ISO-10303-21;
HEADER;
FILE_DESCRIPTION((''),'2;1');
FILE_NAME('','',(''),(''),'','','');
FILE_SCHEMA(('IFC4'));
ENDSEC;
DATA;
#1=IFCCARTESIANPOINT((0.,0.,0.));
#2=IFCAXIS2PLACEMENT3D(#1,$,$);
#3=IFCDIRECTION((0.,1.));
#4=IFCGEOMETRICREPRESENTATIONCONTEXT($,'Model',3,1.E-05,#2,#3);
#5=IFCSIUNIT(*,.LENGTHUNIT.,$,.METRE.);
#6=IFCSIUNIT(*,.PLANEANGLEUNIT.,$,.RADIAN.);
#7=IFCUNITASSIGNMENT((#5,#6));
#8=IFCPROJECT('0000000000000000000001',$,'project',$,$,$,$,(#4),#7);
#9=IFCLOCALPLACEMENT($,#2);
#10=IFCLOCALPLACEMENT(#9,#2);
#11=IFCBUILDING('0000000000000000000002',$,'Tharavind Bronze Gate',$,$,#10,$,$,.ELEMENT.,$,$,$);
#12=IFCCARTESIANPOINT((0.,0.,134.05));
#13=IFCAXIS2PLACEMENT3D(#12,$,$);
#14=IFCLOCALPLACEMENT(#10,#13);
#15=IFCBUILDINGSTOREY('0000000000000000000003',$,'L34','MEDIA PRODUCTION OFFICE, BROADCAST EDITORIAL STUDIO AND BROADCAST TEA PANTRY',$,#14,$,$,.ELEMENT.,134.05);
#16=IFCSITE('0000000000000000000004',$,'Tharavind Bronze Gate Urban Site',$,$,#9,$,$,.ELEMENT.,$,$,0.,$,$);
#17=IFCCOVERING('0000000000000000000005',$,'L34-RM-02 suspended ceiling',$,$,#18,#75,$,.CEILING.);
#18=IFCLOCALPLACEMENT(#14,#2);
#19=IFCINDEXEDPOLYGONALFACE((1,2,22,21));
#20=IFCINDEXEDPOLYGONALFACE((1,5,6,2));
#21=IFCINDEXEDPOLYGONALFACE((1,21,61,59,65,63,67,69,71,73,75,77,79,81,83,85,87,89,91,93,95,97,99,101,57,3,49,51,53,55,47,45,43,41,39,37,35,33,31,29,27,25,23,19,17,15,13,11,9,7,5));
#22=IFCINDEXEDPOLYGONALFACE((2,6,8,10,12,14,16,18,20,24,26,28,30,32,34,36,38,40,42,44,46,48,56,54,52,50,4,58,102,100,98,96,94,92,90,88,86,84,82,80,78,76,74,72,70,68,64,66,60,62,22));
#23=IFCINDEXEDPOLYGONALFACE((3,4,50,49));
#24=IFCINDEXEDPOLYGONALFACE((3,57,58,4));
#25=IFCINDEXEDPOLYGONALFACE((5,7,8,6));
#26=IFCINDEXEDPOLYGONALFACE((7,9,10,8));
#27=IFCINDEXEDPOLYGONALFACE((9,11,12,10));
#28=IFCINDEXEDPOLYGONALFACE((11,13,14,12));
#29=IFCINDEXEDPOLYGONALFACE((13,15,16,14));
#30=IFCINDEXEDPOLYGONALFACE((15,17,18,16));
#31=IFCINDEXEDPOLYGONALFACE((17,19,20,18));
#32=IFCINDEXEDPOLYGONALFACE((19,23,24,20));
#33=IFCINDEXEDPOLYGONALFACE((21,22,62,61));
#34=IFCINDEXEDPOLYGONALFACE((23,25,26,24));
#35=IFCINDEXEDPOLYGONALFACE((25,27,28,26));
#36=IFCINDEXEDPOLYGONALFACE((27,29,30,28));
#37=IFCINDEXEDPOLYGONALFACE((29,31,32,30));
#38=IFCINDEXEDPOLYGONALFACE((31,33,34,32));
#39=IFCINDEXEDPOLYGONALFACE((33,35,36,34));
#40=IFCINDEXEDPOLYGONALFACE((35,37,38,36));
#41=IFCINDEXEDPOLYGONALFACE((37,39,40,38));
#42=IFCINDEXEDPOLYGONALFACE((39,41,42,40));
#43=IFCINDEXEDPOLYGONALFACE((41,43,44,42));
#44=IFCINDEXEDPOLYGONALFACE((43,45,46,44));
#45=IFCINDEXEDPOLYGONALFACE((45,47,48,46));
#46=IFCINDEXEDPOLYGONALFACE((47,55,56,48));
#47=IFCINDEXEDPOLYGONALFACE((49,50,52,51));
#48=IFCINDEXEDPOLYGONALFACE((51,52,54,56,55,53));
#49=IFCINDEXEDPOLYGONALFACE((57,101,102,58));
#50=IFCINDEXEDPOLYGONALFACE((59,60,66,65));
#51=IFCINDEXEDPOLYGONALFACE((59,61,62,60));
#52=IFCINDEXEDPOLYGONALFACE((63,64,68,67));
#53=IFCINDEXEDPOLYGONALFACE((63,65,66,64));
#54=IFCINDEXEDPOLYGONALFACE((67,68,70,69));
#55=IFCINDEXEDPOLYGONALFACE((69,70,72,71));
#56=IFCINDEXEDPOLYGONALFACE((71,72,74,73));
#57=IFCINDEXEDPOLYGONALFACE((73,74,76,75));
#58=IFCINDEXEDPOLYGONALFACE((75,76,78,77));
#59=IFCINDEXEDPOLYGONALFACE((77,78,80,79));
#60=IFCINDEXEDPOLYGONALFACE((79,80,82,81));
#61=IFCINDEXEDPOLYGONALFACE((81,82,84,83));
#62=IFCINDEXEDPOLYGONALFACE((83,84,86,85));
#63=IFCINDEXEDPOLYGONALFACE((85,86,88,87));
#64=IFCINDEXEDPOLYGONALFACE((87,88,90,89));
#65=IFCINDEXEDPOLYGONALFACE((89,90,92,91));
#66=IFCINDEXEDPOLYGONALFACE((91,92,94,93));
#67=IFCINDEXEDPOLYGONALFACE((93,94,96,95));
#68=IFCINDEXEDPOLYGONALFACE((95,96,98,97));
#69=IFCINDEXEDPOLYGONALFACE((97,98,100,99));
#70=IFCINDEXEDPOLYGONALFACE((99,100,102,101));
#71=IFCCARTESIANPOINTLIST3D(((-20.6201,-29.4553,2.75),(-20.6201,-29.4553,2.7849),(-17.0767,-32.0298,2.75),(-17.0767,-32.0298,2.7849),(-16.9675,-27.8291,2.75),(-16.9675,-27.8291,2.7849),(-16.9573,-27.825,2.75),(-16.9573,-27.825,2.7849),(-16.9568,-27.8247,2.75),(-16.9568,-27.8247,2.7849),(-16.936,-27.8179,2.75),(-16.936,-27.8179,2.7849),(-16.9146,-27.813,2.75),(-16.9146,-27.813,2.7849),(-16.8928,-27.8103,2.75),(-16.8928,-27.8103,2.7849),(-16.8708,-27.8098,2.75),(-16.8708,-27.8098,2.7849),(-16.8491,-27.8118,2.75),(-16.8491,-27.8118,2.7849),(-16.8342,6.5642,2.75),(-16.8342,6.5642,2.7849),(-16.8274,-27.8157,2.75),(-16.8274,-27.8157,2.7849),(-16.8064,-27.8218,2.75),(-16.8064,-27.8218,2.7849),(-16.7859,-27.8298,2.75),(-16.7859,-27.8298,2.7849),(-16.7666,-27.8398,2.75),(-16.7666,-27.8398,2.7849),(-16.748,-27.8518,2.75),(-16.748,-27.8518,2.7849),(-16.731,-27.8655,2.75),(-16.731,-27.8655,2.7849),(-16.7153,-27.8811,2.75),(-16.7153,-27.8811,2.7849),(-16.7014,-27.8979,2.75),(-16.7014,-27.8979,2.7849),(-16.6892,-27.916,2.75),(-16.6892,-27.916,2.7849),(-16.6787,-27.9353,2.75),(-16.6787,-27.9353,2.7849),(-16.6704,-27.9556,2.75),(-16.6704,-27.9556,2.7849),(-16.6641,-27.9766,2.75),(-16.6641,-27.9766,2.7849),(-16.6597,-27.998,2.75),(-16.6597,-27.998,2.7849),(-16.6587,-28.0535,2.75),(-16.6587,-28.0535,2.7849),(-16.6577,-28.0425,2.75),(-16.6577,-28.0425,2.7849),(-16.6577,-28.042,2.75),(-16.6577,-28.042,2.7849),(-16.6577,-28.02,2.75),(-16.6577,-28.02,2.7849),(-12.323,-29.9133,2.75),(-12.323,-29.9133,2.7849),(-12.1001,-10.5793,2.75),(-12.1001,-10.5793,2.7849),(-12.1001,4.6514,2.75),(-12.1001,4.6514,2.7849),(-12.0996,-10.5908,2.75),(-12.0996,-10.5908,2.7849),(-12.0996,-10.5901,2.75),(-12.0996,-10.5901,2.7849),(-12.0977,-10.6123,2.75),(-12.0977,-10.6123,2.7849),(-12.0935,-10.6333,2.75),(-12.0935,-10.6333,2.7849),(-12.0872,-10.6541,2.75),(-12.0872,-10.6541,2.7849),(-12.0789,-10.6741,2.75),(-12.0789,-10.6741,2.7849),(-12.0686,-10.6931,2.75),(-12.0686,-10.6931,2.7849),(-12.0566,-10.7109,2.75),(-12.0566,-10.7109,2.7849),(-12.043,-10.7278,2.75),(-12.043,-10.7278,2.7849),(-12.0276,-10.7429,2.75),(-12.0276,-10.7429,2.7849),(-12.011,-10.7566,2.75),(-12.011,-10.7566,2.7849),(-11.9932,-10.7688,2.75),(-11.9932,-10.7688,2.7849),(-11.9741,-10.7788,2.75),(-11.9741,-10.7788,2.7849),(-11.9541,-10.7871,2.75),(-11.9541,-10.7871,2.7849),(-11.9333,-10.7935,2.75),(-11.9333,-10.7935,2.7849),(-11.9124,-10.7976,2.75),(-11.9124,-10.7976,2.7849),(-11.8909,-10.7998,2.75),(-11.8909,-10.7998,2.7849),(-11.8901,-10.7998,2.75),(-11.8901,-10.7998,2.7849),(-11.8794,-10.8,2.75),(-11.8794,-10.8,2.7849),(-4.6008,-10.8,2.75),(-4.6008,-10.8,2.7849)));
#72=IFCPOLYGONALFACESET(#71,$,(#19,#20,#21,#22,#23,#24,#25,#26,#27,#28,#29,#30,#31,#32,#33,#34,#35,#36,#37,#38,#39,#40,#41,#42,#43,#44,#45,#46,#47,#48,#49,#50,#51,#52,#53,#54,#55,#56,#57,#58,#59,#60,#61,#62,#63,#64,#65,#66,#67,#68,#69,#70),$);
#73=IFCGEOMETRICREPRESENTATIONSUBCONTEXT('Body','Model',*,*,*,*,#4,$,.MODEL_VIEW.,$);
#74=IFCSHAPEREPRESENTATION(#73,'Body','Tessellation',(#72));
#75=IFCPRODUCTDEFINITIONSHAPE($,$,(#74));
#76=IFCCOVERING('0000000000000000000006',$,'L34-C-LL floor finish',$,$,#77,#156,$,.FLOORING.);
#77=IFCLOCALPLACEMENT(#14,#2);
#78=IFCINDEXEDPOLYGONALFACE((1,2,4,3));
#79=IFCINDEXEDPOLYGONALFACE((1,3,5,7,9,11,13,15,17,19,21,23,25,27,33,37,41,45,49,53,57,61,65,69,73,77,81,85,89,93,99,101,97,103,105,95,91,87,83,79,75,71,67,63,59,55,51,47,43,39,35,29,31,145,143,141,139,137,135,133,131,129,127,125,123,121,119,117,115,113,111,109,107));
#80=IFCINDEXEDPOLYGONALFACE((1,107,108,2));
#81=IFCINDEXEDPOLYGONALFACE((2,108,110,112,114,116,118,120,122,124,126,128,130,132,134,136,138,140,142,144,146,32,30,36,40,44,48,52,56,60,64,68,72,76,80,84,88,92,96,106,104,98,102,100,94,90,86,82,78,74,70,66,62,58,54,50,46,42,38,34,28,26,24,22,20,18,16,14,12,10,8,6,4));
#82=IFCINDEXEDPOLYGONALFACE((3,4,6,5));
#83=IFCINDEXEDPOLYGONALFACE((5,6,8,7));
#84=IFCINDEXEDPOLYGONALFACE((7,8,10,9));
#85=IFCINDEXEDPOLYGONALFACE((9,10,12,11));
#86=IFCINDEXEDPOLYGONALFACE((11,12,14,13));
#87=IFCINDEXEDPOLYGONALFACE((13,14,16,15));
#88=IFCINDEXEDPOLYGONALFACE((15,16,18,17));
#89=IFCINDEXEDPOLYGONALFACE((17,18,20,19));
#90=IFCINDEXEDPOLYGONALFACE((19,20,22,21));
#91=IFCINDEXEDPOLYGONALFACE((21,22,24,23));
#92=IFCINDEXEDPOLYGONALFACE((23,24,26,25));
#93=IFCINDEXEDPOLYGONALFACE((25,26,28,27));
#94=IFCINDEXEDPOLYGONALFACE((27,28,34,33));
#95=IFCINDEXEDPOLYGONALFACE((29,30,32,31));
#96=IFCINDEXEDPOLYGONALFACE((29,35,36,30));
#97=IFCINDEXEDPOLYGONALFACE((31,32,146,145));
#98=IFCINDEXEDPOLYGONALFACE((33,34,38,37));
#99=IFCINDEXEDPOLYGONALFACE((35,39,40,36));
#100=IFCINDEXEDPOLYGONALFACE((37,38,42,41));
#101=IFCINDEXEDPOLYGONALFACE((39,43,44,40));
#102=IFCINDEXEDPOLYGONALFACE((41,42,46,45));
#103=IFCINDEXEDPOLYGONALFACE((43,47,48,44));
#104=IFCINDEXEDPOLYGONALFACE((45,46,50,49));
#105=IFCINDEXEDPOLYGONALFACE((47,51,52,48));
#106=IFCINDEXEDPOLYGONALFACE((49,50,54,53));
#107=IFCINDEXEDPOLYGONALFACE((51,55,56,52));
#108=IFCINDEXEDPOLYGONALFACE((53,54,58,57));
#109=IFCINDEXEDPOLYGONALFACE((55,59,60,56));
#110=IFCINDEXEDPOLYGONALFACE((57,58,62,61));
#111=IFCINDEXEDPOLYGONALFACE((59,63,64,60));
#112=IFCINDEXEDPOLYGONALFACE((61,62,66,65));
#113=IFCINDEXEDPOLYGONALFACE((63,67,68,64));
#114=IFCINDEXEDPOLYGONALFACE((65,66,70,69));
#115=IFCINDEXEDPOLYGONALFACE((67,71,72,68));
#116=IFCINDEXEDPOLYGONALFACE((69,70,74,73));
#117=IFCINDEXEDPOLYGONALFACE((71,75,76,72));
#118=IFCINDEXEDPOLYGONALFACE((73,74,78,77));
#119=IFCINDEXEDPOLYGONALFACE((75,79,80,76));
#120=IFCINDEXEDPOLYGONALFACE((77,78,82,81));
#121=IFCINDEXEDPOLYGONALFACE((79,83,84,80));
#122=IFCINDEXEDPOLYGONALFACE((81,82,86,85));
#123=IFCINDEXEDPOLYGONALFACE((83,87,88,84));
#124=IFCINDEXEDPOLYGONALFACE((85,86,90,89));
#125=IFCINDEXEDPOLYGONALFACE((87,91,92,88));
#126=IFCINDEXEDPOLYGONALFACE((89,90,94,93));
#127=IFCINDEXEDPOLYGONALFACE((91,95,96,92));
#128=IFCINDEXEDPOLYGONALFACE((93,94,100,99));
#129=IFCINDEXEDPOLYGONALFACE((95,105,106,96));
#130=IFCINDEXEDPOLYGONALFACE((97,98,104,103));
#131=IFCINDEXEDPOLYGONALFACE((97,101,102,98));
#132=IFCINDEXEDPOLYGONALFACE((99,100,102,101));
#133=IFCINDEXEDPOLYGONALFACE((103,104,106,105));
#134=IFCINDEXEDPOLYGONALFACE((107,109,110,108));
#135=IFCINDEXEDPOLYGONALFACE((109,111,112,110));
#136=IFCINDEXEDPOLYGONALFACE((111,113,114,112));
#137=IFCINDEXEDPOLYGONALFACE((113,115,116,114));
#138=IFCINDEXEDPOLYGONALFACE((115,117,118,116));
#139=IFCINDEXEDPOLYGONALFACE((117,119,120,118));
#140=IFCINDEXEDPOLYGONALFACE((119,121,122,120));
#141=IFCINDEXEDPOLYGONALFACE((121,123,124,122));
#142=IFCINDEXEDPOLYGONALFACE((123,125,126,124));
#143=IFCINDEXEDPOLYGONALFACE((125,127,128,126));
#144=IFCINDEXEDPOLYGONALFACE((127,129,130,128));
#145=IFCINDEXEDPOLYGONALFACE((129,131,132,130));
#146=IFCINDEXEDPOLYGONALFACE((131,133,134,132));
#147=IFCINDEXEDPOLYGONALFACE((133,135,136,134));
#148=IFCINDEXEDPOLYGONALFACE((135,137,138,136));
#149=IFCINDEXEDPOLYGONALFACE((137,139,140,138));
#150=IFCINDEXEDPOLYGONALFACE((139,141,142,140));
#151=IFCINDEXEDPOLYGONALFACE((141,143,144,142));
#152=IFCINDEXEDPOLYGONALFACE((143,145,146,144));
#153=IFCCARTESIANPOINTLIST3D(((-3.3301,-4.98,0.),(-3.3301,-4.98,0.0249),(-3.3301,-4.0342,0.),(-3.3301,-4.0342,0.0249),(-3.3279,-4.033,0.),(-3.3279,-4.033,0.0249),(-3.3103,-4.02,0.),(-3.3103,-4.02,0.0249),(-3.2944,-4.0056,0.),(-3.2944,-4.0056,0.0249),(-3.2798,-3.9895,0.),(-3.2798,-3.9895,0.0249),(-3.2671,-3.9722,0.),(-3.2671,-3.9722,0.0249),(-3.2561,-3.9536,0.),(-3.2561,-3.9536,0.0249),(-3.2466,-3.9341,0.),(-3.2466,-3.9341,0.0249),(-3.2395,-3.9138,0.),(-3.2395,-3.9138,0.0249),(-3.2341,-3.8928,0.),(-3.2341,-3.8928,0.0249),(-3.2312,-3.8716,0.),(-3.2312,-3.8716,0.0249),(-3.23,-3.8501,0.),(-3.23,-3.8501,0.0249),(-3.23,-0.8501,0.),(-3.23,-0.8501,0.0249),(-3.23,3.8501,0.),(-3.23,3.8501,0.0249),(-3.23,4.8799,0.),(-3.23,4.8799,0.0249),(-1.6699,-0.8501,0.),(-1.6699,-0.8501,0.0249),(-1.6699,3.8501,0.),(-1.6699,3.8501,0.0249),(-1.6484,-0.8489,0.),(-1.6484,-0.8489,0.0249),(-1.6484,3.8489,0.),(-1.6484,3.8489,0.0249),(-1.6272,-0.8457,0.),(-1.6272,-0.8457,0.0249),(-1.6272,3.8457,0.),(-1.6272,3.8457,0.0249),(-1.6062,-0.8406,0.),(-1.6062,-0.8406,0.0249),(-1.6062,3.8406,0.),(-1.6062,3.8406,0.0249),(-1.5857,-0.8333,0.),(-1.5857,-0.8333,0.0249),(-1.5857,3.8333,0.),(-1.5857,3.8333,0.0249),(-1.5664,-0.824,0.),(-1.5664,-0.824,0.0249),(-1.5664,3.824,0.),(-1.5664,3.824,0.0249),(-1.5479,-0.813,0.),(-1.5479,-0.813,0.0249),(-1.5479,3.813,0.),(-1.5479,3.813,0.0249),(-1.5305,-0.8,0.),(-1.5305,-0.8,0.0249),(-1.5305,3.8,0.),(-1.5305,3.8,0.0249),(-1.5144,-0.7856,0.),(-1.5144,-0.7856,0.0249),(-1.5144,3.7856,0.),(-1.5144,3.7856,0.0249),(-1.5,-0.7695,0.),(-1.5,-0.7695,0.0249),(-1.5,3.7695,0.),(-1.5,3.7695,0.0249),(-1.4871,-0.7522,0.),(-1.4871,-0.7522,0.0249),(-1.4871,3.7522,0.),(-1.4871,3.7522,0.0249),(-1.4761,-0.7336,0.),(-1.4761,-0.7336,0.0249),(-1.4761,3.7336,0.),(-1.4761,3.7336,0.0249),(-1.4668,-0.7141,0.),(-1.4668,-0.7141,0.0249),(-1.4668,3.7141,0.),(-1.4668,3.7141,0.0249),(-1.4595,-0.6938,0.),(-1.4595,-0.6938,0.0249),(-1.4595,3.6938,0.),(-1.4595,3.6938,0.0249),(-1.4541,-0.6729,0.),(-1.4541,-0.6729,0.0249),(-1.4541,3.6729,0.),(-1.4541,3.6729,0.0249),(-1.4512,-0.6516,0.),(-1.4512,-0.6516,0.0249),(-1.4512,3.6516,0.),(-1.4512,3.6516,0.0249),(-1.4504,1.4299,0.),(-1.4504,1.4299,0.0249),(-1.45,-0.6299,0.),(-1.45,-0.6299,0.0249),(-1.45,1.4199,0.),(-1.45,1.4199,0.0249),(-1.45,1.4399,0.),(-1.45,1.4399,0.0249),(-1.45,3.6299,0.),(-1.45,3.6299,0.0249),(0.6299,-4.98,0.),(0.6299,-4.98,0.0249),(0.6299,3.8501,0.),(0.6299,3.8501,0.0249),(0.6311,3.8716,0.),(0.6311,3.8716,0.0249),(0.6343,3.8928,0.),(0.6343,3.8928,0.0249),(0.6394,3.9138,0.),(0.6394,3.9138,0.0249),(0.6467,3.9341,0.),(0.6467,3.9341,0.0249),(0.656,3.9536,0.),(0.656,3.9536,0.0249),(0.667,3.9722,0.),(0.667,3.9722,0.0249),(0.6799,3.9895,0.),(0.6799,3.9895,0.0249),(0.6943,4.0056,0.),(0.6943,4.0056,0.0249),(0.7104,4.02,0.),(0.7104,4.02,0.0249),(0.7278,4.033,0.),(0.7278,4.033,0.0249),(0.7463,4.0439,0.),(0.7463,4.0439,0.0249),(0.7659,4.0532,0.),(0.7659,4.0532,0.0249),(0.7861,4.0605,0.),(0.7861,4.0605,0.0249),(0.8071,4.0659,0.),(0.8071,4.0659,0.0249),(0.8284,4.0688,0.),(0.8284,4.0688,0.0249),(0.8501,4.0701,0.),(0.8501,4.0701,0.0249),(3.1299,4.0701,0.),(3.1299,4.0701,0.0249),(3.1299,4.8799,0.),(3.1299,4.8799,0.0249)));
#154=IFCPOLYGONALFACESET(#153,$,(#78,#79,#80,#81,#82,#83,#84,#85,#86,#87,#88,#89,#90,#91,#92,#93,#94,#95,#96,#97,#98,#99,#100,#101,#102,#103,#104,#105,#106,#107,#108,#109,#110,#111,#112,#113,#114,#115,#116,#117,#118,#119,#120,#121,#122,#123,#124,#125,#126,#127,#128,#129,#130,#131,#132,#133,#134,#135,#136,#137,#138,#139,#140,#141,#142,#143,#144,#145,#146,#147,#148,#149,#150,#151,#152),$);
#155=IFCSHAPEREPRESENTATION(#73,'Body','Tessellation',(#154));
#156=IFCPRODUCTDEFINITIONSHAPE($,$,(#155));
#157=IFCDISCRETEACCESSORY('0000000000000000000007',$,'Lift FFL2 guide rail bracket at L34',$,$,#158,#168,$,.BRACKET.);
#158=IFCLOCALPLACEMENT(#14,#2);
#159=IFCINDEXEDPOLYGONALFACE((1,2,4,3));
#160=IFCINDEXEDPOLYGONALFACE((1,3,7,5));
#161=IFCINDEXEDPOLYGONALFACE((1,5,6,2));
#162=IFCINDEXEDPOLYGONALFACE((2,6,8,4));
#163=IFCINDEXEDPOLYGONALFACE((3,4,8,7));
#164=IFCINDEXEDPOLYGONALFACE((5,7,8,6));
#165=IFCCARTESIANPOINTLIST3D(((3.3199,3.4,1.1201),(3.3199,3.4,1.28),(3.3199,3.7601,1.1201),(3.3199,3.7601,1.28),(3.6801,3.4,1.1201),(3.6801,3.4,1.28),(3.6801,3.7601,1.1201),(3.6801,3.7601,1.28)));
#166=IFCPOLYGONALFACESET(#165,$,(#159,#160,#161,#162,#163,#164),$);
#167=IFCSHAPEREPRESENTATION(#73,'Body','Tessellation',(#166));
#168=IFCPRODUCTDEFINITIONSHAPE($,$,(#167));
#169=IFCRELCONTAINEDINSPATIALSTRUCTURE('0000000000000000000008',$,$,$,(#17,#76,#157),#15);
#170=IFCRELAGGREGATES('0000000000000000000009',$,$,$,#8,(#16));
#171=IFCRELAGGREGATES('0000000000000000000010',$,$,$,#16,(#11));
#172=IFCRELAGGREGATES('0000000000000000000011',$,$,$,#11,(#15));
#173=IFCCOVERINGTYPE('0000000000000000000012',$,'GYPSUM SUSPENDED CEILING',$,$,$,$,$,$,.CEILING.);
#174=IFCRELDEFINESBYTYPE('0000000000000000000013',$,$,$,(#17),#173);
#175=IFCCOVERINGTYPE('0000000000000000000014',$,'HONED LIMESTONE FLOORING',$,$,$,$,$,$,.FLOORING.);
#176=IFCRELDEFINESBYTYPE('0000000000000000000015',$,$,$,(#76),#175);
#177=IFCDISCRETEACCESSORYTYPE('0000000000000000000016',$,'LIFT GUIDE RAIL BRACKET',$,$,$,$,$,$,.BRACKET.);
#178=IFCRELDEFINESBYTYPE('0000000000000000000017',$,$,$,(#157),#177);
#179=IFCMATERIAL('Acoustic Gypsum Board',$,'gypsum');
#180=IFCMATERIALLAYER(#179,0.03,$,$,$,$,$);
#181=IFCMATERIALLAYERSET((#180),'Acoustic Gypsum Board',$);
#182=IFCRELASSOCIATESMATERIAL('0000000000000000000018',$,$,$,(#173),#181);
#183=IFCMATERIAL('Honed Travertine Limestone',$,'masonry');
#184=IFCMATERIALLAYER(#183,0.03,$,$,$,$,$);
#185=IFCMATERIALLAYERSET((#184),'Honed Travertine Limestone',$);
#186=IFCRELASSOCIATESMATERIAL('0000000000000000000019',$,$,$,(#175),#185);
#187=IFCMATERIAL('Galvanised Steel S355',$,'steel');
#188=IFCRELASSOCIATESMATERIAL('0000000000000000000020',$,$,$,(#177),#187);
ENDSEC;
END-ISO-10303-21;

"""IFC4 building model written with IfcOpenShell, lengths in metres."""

from ifc_helpers import new_model, si_unit, direction, frame, origin, origin_2d, place, context, subcontext, project, spatial, polyline, rectangle, outline, extrude, material, layer, layer_set, type_object, element, save


model = new_model("IFC4")

# Units and contexts
model_context = context("Model", 3, precision=1e-05, world=origin(), true_north=direction((0.0, 1.0)))
body_context = subcontext(model_context, "Body", "Model", "MODEL_VIEW")
ifc_project = project(units=[si_unit("LENGTHUNIT", "METRE"), si_unit("PLANEANGLEUNIT", "RADIAN")], contexts=[model_context])

# Site, building, storey
site_placement = place(None, origin())
site = spatial("IfcSite", under=ifc_project, at=site_placement, Name="Tharavind Bronze Gate Urban Site", CompositionType="ELEMENT", RefElevation=0.0)
building_placement = place(site_placement, origin())
building = spatial("IfcBuilding", under=site, at=building_placement, Name="Tharavind Bronze Gate", CompositionType="ELEMENT")
storey_placement = place(building_placement, frame((0.0, 0.0, 134.05)))
storey = spatial("IfcBuildingStorey", under=building, at=storey_placement, Name="L34", Description="MEDIA PRODUCTION OFFICE, BROADCAST EDITORIAL STUDIO AND BROADCAST TEA PANTRY", CompositionType="ELEMENT", Elevation=134.05)

# Coverings
ifc_material_1 = material(Name="Acoustic Gypsum Board", Category="gypsum")
ifc_layer_1 = layer(ifc_material_1, 0.03)
ifc_layer_set_1 = layer_set([ifc_layer_1], Name="Acoustic Gypsum Board")
covering_type_1 = type_object("IfcCoveringType", Name="GYPSUM SUSPENDED CEILING", PredefinedType="CEILING", material=ifc_layer_set_1)
covering_1_placement = place(storey_placement, frame((0.0, 0.0, 2.75)))
element("IfcCovering", 1, at=covering_1_placement, inside=storey, type_object=covering_type_1, Name="L34-RM-02 suspended ceiling", PredefinedType="CEILING", context=body_context, shape_type="SweptSolid", body=[
    extrude(outline(polyline([(-16.9675, -27.8291), (-16.9573, -27.825), (-16.9568, -27.8247), (-16.936, -27.8179), (-16.9146, -27.813), (-16.8928, -27.8103), (-16.8708, -27.8098), (-16.8491, -27.8118), (-16.8274, -27.8157), (-16.8064, -27.8218), (-16.7859, -27.8298), (-16.7666, -27.8398), (-16.748, -27.8518), (-16.731, -27.8655), (-16.7153, -27.8811), (-16.7014, -27.8979), (-16.6892, -27.916), (-16.6787, -27.9353), (-16.6704, -27.9556), (-16.6641, -27.9766), (-16.6597, -27.998), (-16.6577, -28.02), (-16.6577, -28.042), (-16.6577, -28.0425), (-16.6587, -28.0535), (-17.0767, -32.0298), (-12.323, -29.9133), (-4.6008, -10.8), (-11.8794, -10.8), (-11.8901, -10.7998), (-11.8909, -10.7998), (-11.9124, -10.7976), (-11.9333, -10.7935), (-11.9541, -10.7871), (-11.9741, -10.7788), (-11.9932, -10.7688), (-12.011, -10.7566), (-12.0276, -10.7429), (-12.043, -10.7278), (-12.0566, -10.7109), (-12.0686, -10.6931), (-12.0789, -10.6741), (-12.0872, -10.6541), (-12.0935, -10.6333), (-12.0977, -10.6123), (-12.0996, -10.5908), (-12.0996, -10.5901), (-12.1001, -10.5793), (-12.1001, 4.6514), (-16.8342, 6.5642), (-20.6201, -29.4553), (-16.9675, -27.8291)])), origin(), (0.0, 0.0, 1.0), 0.0349),
])
ifc_material_2 = material(Name="Honed Travertine Limestone", Category="masonry")
ifc_layer_2 = layer(ifc_material_2, 0.03)
ifc_layer_set_2 = layer_set([ifc_layer_2], Name="Honed Travertine Limestone")
covering_type_2 = type_object("IfcCoveringType", Name="HONED LIMESTONE FLOORING", PredefinedType="FLOORING", material=ifc_layer_set_2)
covering_2_placement = place(storey_placement, origin())
element("IfcCovering", 2, at=covering_2_placement, inside=storey, type_object=covering_type_2, Name="L34-C-LL floor finish", PredefinedType="FLOORING", context=body_context, shape_type="SweptSolid", body=[
    extrude(outline(polyline([(-3.3301, -4.98), (0.6299, -4.98), (0.6299, 3.8501), (0.6311, 3.8716), (0.6343, 3.8928), (0.6394, 3.9138), (0.6467, 3.9341), (0.656, 3.9536), (0.667, 3.9722), (0.6799, 3.9895), (0.6943, 4.0056), (0.7104, 4.02), (0.7278, 4.033), (0.7463, 4.0439), (0.7659, 4.0532), (0.7861, 4.0605), (0.8071, 4.0659), (0.8284, 4.0688), (0.8501, 4.0701), (3.1299, 4.0701), (3.1299, 4.8799), (-3.23, 4.8799), (-3.23, 3.8501), (-1.6699, 3.8501), (-1.6484, 3.8489), (-1.6272, 3.8457), (-1.6062, 3.8406), (-1.5857, 3.8333), (-1.5664, 3.824), (-1.5479, 3.813), (-1.5305, 3.8), (-1.5144, 3.7856), (-1.5, 3.7695), (-1.4871, 3.7522), (-1.4761, 3.7336), (-1.4668, 3.7141), (-1.4595, 3.6938), (-1.4541, 3.6729), (-1.4512, 3.6516), (-1.45, 3.6299), (-1.45, 1.4399), (-1.4504, 1.4299), (-1.45, 1.4199), (-1.45, -0.6299), (-1.4512, -0.6516), (-1.4541, -0.6729), (-1.4595, -0.6938), (-1.4668, -0.7141), (-1.4761, -0.7336), (-1.4871, -0.7522), (-1.5, -0.7695), (-1.5144, -0.7856), (-1.5305, -0.8), (-1.5479, -0.813), (-1.5664, -0.824), (-1.5857, -0.8333), (-1.6062, -0.8406), (-1.6272, -0.8457), (-1.6484, -0.8489), (-1.6699, -0.8501), (-3.23, -0.8501), (-3.23, -3.8501), (-3.2312, -3.8716), (-3.2341, -3.8928), (-3.2395, -3.9138), (-3.2466, -3.9341), (-3.2561, -3.9536), (-3.2671, -3.9722), (-3.2798, -3.9895), (-3.2944, -4.0056), (-3.3103, -4.02), (-3.3279, -4.033), (-3.3301, -4.0342), (-3.3301, -4.98)])), origin(), (0.0, 0.0, 1.0), 0.0249),
])

# Discrete accessory
ifc_material_3 = material(Name="Galvanised Steel S355", Category="steel")
discrete_accessory_type = type_object("IfcDiscreteAccessoryType", Name="LIFT GUIDE RAIL BRACKET", PredefinedType="BRACKET", material=ifc_material_3)
discrete_accessory_placement = place(storey_placement, frame((3.5, 3.5801, 1.1201), z_axis=(0.0, 0.0, 1.0), x_axis=(1.0, 0.0, 0.0)))
element("IfcDiscreteAccessory", 3, at=discrete_accessory_placement, inside=storey, type_object=discrete_accessory_type, Name="Lift FFL2 guide rail bracket at L34", PredefinedType="BRACKET", context=body_context, shape_type="SweptSolid", body=[
    extrude(rectangle(XDim=0.3601, YDim=0.3601, at=origin_2d()), origin(), (0.0, 0.0, 1.0), 0.1599),
])

save(model, "model.ifc")
